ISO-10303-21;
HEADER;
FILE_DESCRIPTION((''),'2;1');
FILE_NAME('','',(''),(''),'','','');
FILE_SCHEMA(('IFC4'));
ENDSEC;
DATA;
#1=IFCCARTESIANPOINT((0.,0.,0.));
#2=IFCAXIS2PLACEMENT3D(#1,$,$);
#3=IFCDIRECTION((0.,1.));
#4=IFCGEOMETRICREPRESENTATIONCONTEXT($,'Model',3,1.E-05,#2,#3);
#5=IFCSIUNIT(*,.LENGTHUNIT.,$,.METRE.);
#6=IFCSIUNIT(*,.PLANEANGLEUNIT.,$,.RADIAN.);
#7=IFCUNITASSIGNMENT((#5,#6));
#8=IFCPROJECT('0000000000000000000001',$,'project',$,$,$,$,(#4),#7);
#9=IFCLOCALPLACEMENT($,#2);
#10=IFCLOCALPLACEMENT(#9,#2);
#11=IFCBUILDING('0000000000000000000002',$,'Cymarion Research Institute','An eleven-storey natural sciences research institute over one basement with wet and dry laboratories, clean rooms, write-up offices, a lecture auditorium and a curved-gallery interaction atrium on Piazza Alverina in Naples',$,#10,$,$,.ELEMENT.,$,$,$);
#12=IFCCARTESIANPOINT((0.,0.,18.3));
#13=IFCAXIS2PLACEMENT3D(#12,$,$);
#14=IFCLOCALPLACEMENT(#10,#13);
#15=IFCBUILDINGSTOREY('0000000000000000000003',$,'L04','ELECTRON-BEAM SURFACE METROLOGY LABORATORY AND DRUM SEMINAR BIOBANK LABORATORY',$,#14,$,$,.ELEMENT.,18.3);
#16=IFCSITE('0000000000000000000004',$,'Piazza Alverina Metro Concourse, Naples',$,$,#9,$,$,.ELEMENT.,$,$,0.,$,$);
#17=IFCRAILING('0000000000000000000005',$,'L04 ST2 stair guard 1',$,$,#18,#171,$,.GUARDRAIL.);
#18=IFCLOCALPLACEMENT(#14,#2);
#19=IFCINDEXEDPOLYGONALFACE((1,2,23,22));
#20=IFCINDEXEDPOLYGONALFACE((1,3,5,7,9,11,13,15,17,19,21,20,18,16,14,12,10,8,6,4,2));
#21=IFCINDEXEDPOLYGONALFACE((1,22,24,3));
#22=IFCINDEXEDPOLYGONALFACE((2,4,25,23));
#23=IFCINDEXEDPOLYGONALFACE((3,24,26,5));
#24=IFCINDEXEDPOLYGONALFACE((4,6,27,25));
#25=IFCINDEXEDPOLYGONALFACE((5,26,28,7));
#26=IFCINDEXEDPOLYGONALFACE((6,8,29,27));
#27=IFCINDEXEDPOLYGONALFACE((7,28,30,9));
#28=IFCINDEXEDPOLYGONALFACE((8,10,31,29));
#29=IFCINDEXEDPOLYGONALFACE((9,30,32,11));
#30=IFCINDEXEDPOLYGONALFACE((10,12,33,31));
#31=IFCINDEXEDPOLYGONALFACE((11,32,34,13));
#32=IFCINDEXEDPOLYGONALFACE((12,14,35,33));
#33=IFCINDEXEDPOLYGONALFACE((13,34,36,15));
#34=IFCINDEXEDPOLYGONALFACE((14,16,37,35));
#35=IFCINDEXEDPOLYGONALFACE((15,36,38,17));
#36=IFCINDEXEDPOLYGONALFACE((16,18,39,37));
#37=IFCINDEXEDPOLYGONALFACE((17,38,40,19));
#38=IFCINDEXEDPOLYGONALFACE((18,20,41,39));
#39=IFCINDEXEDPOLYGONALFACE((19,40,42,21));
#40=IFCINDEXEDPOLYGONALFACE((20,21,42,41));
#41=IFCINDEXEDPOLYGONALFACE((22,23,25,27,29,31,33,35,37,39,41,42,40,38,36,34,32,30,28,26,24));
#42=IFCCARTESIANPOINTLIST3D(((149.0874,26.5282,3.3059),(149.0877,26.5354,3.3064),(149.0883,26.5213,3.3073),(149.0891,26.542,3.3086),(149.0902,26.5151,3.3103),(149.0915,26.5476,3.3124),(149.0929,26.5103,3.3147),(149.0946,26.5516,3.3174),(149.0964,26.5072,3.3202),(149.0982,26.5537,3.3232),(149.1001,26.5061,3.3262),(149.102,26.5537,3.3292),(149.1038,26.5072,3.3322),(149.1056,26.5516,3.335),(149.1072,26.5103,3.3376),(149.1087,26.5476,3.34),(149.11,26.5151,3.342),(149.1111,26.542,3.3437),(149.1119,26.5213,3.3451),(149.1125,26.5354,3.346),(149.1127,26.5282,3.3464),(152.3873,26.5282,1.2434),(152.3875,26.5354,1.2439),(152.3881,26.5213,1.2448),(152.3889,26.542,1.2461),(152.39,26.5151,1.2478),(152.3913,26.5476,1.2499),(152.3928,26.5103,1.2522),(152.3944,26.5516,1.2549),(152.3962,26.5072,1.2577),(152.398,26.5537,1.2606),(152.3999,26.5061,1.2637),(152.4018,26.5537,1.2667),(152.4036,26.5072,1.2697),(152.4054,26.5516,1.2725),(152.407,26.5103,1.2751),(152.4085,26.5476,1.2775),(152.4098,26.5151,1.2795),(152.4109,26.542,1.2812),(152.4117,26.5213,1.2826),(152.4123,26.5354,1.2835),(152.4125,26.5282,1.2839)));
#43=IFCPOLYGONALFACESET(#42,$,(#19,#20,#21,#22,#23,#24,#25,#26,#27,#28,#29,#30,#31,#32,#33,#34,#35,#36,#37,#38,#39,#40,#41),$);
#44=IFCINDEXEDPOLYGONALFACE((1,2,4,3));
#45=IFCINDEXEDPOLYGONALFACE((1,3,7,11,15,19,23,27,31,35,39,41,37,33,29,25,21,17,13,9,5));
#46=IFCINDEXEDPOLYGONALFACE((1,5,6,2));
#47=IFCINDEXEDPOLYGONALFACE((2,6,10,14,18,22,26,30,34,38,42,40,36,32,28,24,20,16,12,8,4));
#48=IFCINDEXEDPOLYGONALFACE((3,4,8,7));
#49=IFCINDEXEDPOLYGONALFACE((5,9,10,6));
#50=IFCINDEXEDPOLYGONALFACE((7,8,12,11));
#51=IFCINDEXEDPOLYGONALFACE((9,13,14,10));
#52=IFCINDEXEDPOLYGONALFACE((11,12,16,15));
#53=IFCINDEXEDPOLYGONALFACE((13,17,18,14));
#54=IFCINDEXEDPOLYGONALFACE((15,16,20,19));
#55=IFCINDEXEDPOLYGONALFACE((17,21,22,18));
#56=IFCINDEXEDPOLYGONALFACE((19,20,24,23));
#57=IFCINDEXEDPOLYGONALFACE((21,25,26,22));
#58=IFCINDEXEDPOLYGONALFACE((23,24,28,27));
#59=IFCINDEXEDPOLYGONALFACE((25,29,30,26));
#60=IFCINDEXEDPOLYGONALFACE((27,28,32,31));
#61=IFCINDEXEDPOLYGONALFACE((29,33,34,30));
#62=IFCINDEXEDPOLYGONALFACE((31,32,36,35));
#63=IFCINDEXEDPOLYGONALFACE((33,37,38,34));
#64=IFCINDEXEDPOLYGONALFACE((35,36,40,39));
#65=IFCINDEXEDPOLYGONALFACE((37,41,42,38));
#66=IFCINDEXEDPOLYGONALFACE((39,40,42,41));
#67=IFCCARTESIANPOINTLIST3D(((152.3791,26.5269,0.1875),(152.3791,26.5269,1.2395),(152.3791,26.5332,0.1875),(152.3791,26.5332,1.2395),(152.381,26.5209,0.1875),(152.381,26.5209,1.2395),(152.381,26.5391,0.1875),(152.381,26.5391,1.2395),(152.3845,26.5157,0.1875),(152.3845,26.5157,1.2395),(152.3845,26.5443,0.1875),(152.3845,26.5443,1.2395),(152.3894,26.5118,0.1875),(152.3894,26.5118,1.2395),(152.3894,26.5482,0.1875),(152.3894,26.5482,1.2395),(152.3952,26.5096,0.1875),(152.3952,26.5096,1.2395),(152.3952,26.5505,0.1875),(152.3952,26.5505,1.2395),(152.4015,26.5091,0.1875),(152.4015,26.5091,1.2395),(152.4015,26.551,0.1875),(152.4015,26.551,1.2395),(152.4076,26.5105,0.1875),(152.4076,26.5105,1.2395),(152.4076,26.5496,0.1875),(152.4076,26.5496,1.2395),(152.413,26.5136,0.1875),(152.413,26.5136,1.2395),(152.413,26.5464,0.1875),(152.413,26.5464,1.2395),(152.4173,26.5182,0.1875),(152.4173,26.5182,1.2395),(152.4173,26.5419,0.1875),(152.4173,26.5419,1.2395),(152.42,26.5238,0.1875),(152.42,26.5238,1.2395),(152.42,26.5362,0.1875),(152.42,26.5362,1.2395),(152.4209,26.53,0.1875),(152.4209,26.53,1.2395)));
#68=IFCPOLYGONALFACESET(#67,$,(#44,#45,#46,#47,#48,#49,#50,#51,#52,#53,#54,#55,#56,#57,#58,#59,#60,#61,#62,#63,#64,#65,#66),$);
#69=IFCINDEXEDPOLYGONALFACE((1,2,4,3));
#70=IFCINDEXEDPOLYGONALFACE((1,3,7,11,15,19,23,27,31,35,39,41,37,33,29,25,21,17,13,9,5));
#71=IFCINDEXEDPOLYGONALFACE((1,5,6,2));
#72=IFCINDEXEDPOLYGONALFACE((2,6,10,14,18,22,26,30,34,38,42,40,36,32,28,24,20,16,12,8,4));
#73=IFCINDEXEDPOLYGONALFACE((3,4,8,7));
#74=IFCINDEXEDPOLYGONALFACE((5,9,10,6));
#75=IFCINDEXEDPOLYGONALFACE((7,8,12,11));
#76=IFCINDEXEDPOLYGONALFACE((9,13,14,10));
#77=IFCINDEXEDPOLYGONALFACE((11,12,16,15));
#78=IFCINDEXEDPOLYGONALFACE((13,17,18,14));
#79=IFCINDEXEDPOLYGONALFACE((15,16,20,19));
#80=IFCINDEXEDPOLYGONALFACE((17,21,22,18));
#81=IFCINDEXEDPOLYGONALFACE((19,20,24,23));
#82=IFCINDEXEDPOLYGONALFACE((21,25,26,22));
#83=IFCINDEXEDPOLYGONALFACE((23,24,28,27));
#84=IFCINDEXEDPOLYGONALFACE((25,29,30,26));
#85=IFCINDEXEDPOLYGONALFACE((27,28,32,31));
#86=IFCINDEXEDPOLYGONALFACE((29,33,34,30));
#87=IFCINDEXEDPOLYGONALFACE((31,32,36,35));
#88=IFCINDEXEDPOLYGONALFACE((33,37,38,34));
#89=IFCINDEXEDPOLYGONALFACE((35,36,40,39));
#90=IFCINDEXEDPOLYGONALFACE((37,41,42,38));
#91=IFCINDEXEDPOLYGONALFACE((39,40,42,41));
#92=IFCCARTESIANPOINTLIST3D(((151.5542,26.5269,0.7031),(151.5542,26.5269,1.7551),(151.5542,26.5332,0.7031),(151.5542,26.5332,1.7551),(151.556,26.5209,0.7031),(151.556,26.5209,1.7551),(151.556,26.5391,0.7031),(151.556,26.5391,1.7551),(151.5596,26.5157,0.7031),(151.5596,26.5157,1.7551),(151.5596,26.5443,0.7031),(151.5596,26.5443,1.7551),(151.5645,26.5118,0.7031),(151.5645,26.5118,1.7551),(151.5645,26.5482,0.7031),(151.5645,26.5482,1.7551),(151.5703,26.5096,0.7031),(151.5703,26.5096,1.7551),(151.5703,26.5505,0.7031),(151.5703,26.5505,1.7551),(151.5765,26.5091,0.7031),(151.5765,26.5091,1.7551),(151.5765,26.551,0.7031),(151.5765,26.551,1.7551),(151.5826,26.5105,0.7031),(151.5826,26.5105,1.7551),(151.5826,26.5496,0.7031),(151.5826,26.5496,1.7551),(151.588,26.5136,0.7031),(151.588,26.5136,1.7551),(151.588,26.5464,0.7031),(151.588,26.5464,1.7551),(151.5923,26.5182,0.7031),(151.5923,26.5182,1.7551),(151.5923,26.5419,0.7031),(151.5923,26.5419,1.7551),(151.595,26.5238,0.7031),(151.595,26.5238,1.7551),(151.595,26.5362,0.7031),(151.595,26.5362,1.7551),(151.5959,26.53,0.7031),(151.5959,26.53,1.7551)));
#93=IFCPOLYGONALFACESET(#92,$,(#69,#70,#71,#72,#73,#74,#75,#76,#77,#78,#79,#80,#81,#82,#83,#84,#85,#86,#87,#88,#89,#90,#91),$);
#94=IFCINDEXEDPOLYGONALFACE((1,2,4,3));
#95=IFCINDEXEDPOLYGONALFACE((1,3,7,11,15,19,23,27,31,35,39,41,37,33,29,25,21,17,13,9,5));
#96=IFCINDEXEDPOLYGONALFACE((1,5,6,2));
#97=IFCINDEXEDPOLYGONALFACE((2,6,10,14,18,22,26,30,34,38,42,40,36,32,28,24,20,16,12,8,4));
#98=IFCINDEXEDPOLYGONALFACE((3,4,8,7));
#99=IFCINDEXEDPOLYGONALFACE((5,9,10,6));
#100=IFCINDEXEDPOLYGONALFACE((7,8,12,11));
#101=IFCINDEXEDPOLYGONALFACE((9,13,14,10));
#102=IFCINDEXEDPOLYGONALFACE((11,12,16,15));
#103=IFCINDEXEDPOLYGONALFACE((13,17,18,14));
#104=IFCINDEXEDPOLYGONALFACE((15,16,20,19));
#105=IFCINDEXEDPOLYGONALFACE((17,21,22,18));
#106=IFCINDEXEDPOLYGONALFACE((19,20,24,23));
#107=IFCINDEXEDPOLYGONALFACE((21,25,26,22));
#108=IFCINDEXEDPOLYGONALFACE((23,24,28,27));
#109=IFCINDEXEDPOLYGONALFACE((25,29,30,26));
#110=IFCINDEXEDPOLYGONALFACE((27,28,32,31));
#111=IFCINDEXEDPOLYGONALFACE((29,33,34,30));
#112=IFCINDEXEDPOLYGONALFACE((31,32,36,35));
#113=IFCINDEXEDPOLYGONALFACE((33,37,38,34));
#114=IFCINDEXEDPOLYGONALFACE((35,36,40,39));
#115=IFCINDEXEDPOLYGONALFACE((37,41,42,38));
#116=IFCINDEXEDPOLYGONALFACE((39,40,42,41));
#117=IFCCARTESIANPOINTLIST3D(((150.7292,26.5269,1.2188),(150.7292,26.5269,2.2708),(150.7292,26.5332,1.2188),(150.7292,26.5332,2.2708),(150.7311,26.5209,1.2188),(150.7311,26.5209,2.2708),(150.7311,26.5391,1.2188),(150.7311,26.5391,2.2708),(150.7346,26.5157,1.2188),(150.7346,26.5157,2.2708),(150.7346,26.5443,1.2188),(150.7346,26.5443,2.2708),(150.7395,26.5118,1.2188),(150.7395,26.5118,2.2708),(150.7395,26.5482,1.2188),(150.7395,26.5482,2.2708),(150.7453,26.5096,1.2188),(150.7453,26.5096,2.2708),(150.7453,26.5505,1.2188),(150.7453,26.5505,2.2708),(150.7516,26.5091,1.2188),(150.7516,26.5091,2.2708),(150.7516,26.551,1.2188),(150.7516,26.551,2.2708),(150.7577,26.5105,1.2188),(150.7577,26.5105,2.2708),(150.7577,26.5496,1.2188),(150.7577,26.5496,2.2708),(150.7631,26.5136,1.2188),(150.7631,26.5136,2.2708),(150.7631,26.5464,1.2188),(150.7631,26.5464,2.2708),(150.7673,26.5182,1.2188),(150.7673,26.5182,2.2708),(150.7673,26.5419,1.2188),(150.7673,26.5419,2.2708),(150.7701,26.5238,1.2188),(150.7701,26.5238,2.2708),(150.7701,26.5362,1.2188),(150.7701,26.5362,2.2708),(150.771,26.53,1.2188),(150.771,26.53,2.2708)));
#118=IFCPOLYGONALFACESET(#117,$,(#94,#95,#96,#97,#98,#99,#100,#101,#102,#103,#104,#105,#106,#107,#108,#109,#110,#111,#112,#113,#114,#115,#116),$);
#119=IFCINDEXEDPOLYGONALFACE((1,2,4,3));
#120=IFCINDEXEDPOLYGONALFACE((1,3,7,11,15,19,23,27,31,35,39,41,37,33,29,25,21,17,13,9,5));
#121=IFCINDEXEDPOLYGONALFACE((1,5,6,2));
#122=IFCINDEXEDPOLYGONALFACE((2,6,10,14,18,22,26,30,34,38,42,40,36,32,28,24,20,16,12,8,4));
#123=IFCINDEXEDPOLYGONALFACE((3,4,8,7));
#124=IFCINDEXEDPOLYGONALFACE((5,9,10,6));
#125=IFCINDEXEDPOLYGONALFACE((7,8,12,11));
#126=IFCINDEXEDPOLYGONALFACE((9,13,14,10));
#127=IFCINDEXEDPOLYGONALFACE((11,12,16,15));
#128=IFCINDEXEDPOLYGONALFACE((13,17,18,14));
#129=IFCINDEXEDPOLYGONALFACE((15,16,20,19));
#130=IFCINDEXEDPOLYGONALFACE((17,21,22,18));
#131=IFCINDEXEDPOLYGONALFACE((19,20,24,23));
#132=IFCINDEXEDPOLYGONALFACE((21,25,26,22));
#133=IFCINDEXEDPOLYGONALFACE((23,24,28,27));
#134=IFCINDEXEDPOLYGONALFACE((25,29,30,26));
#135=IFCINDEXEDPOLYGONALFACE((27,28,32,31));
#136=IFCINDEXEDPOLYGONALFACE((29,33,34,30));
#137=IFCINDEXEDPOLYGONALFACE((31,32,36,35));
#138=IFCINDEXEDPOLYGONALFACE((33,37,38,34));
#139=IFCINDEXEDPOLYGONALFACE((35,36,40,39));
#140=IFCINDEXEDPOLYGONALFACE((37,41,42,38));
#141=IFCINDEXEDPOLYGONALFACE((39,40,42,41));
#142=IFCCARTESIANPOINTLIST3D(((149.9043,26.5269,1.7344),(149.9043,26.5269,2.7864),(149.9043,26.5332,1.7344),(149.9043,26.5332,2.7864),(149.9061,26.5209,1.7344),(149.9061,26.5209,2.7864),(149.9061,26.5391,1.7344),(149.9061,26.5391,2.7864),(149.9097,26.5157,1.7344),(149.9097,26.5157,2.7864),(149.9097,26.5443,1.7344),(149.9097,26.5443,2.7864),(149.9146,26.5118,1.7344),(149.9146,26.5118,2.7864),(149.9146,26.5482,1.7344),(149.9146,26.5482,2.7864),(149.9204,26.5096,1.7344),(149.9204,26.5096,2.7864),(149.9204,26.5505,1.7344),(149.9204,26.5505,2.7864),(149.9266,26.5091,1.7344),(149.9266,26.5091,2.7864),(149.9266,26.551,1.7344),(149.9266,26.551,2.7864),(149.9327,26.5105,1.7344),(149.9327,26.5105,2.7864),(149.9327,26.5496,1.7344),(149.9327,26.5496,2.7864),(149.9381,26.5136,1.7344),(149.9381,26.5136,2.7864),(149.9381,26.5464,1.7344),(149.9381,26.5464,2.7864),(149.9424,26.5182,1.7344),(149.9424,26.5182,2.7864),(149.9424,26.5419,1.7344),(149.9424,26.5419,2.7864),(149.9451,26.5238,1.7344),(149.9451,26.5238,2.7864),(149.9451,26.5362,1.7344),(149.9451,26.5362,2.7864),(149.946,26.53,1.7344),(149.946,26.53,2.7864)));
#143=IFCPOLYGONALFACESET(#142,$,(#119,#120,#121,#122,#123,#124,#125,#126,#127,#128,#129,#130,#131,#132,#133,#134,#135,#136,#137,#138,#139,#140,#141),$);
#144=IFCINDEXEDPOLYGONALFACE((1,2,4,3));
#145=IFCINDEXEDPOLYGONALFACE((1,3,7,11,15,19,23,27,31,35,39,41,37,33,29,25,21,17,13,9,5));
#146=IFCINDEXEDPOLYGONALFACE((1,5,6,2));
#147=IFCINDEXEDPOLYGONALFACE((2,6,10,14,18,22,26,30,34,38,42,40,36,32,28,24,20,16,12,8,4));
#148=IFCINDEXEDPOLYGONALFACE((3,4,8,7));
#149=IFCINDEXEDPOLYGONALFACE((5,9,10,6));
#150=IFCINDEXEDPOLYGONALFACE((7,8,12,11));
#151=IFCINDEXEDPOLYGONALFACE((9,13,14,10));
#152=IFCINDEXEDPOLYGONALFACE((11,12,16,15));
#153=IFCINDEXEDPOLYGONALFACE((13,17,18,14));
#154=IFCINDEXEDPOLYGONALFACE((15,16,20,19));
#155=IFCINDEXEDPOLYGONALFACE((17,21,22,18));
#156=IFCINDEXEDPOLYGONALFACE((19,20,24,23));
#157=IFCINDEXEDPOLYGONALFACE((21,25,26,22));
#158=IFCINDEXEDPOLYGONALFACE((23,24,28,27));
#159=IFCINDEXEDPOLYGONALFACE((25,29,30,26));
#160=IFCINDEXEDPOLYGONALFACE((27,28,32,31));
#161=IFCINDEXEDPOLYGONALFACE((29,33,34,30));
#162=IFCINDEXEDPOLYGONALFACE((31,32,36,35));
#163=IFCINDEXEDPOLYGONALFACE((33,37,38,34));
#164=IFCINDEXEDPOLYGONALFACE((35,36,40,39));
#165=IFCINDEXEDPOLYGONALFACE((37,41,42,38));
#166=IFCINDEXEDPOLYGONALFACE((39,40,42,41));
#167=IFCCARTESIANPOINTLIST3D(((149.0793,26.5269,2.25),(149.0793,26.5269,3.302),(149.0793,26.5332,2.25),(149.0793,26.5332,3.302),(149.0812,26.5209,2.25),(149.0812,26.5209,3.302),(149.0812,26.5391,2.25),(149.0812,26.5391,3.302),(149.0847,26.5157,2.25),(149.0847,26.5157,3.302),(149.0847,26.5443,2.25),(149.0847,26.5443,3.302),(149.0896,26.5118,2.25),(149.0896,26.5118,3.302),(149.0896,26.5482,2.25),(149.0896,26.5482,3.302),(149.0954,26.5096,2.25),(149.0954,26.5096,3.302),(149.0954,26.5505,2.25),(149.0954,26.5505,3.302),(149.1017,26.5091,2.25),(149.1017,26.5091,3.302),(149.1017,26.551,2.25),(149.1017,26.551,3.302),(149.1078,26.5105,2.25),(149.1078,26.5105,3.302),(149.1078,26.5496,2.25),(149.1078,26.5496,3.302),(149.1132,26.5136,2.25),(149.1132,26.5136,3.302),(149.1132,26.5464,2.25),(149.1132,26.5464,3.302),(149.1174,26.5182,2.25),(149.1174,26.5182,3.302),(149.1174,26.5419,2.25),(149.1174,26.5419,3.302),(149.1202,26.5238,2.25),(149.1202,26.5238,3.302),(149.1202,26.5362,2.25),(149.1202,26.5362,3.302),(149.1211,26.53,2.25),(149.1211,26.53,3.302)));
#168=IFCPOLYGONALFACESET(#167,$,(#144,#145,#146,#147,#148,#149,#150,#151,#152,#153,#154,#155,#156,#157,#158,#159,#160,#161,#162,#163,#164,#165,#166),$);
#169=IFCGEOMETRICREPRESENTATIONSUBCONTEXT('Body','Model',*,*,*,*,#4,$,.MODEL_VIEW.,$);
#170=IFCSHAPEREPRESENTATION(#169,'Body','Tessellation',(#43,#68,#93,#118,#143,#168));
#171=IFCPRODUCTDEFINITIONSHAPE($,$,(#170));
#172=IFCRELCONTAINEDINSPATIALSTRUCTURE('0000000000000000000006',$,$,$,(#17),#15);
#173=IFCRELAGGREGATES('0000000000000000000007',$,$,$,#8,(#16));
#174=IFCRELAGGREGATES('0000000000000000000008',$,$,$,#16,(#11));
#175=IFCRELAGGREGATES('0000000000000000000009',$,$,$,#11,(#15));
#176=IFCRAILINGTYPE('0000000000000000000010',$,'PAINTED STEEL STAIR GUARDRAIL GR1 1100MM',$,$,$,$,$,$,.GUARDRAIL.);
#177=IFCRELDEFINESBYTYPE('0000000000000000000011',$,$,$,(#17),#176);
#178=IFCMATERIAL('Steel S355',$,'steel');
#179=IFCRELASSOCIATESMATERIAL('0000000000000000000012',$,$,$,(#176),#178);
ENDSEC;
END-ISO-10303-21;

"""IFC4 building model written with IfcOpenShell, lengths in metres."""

from ifc_helpers import new_model, si_unit, direction, frame, origin, origin_2d, place, context, subcontext, project, spatial, circle, extrude, material, type_object, element, save


model = new_model("IFC4")

# Units and contexts
model_context = context("Model", 3, precision=1e-05, world=origin(), true_north=direction((0.0, 1.0)))
body_context = subcontext(model_context, "Body", "Model", "MODEL_VIEW")
ifc_project = project(units=[si_unit("LENGTHUNIT", "METRE"), si_unit("PLANEANGLEUNIT", "RADIAN")], contexts=[model_context])

# Site, building, storey
site_placement = place(None, origin())
site = spatial("IfcSite", under=ifc_project, at=site_placement, Name="Piazza Alverina Metro Concourse, Naples", CompositionType="ELEMENT", RefElevation=0.0)
building_placement = place(site_placement, origin())
building = spatial("IfcBuilding", under=site, at=building_placement, Name="Cymarion Research Institute", Description="An eleven-storey natural sciences research institute over one basement with wet and dry laboratories, clean rooms, write-up offices, a lecture auditorium and a curved-gallery interaction atrium on Piazza Alverina in Naples", CompositionType="ELEMENT")
storey_placement = place(building_placement, frame((0.0, 0.0, 18.3)))
storey = spatial("IfcBuildingStorey", under=building, at=storey_placement, Name="L04", Description="ELECTRON-BEAM SURFACE METROLOGY LABORATORY AND DRUM SEMINAR BIOBANK LABORATORY", CompositionType="ELEMENT", Elevation=18.3)

# Shared definitions
ifc_material_1 = material(Name="Steel S355", Category="steel")

# Railing
railing_type_1 = type_object("IfcRailingType", Name="PAINTED STEEL STAIR GUARDRAIL GR1 1100MM", PredefinedType="GUARDRAIL", material=ifc_material_1)
railing_1_placement = place(storey_placement, frame((152.3999, 26.53, 0.1875)))
element("IfcRailing", 1, at=railing_1_placement, inside=storey, type_object=railing_type_1, Name="L04 ST2 stair guard 1", PredefinedType="GUARDRAIL", context=body_context, shape_type="SweptSolid", body=[
    extrude(circle(Radius=0.0239, at=origin_2d()), frame((0.0, 0.0, 1.0762), z_axis=(-0.847984, 0.0, 0.530021), x_axis=(0.0, -1.0, 0.0)), (0.0, 0.0, 1.0), 3.8914),
    extrude(circle(Radius=0.021, at=origin_2d()), origin(), (0.0, 0.0, 1.0), 1.052),
    extrude(circle(Radius=0.021, at=origin_2d()), frame((-0.825, 0.0, 0.5156)), (0.0, 0.0, 1.0), 1.052),
    extrude(circle(Radius=0.021, at=origin_2d()), frame((-1.6499, 0.0, 1.0312)), (0.0, 0.0, 1.0), 1.052),
    extrude(circle(Radius=0.021, at=origin_2d()), frame((-2.4749, 0.0, 1.5469)), (0.0, 0.0, 1.0), 1.052),
    extrude(circle(Radius=0.021, at=origin_2d()), frame((-3.2998, 0.0, 2.0625)), (0.0, 0.0, 1.0), 1.052),
])

save(model, "model.ifc")
